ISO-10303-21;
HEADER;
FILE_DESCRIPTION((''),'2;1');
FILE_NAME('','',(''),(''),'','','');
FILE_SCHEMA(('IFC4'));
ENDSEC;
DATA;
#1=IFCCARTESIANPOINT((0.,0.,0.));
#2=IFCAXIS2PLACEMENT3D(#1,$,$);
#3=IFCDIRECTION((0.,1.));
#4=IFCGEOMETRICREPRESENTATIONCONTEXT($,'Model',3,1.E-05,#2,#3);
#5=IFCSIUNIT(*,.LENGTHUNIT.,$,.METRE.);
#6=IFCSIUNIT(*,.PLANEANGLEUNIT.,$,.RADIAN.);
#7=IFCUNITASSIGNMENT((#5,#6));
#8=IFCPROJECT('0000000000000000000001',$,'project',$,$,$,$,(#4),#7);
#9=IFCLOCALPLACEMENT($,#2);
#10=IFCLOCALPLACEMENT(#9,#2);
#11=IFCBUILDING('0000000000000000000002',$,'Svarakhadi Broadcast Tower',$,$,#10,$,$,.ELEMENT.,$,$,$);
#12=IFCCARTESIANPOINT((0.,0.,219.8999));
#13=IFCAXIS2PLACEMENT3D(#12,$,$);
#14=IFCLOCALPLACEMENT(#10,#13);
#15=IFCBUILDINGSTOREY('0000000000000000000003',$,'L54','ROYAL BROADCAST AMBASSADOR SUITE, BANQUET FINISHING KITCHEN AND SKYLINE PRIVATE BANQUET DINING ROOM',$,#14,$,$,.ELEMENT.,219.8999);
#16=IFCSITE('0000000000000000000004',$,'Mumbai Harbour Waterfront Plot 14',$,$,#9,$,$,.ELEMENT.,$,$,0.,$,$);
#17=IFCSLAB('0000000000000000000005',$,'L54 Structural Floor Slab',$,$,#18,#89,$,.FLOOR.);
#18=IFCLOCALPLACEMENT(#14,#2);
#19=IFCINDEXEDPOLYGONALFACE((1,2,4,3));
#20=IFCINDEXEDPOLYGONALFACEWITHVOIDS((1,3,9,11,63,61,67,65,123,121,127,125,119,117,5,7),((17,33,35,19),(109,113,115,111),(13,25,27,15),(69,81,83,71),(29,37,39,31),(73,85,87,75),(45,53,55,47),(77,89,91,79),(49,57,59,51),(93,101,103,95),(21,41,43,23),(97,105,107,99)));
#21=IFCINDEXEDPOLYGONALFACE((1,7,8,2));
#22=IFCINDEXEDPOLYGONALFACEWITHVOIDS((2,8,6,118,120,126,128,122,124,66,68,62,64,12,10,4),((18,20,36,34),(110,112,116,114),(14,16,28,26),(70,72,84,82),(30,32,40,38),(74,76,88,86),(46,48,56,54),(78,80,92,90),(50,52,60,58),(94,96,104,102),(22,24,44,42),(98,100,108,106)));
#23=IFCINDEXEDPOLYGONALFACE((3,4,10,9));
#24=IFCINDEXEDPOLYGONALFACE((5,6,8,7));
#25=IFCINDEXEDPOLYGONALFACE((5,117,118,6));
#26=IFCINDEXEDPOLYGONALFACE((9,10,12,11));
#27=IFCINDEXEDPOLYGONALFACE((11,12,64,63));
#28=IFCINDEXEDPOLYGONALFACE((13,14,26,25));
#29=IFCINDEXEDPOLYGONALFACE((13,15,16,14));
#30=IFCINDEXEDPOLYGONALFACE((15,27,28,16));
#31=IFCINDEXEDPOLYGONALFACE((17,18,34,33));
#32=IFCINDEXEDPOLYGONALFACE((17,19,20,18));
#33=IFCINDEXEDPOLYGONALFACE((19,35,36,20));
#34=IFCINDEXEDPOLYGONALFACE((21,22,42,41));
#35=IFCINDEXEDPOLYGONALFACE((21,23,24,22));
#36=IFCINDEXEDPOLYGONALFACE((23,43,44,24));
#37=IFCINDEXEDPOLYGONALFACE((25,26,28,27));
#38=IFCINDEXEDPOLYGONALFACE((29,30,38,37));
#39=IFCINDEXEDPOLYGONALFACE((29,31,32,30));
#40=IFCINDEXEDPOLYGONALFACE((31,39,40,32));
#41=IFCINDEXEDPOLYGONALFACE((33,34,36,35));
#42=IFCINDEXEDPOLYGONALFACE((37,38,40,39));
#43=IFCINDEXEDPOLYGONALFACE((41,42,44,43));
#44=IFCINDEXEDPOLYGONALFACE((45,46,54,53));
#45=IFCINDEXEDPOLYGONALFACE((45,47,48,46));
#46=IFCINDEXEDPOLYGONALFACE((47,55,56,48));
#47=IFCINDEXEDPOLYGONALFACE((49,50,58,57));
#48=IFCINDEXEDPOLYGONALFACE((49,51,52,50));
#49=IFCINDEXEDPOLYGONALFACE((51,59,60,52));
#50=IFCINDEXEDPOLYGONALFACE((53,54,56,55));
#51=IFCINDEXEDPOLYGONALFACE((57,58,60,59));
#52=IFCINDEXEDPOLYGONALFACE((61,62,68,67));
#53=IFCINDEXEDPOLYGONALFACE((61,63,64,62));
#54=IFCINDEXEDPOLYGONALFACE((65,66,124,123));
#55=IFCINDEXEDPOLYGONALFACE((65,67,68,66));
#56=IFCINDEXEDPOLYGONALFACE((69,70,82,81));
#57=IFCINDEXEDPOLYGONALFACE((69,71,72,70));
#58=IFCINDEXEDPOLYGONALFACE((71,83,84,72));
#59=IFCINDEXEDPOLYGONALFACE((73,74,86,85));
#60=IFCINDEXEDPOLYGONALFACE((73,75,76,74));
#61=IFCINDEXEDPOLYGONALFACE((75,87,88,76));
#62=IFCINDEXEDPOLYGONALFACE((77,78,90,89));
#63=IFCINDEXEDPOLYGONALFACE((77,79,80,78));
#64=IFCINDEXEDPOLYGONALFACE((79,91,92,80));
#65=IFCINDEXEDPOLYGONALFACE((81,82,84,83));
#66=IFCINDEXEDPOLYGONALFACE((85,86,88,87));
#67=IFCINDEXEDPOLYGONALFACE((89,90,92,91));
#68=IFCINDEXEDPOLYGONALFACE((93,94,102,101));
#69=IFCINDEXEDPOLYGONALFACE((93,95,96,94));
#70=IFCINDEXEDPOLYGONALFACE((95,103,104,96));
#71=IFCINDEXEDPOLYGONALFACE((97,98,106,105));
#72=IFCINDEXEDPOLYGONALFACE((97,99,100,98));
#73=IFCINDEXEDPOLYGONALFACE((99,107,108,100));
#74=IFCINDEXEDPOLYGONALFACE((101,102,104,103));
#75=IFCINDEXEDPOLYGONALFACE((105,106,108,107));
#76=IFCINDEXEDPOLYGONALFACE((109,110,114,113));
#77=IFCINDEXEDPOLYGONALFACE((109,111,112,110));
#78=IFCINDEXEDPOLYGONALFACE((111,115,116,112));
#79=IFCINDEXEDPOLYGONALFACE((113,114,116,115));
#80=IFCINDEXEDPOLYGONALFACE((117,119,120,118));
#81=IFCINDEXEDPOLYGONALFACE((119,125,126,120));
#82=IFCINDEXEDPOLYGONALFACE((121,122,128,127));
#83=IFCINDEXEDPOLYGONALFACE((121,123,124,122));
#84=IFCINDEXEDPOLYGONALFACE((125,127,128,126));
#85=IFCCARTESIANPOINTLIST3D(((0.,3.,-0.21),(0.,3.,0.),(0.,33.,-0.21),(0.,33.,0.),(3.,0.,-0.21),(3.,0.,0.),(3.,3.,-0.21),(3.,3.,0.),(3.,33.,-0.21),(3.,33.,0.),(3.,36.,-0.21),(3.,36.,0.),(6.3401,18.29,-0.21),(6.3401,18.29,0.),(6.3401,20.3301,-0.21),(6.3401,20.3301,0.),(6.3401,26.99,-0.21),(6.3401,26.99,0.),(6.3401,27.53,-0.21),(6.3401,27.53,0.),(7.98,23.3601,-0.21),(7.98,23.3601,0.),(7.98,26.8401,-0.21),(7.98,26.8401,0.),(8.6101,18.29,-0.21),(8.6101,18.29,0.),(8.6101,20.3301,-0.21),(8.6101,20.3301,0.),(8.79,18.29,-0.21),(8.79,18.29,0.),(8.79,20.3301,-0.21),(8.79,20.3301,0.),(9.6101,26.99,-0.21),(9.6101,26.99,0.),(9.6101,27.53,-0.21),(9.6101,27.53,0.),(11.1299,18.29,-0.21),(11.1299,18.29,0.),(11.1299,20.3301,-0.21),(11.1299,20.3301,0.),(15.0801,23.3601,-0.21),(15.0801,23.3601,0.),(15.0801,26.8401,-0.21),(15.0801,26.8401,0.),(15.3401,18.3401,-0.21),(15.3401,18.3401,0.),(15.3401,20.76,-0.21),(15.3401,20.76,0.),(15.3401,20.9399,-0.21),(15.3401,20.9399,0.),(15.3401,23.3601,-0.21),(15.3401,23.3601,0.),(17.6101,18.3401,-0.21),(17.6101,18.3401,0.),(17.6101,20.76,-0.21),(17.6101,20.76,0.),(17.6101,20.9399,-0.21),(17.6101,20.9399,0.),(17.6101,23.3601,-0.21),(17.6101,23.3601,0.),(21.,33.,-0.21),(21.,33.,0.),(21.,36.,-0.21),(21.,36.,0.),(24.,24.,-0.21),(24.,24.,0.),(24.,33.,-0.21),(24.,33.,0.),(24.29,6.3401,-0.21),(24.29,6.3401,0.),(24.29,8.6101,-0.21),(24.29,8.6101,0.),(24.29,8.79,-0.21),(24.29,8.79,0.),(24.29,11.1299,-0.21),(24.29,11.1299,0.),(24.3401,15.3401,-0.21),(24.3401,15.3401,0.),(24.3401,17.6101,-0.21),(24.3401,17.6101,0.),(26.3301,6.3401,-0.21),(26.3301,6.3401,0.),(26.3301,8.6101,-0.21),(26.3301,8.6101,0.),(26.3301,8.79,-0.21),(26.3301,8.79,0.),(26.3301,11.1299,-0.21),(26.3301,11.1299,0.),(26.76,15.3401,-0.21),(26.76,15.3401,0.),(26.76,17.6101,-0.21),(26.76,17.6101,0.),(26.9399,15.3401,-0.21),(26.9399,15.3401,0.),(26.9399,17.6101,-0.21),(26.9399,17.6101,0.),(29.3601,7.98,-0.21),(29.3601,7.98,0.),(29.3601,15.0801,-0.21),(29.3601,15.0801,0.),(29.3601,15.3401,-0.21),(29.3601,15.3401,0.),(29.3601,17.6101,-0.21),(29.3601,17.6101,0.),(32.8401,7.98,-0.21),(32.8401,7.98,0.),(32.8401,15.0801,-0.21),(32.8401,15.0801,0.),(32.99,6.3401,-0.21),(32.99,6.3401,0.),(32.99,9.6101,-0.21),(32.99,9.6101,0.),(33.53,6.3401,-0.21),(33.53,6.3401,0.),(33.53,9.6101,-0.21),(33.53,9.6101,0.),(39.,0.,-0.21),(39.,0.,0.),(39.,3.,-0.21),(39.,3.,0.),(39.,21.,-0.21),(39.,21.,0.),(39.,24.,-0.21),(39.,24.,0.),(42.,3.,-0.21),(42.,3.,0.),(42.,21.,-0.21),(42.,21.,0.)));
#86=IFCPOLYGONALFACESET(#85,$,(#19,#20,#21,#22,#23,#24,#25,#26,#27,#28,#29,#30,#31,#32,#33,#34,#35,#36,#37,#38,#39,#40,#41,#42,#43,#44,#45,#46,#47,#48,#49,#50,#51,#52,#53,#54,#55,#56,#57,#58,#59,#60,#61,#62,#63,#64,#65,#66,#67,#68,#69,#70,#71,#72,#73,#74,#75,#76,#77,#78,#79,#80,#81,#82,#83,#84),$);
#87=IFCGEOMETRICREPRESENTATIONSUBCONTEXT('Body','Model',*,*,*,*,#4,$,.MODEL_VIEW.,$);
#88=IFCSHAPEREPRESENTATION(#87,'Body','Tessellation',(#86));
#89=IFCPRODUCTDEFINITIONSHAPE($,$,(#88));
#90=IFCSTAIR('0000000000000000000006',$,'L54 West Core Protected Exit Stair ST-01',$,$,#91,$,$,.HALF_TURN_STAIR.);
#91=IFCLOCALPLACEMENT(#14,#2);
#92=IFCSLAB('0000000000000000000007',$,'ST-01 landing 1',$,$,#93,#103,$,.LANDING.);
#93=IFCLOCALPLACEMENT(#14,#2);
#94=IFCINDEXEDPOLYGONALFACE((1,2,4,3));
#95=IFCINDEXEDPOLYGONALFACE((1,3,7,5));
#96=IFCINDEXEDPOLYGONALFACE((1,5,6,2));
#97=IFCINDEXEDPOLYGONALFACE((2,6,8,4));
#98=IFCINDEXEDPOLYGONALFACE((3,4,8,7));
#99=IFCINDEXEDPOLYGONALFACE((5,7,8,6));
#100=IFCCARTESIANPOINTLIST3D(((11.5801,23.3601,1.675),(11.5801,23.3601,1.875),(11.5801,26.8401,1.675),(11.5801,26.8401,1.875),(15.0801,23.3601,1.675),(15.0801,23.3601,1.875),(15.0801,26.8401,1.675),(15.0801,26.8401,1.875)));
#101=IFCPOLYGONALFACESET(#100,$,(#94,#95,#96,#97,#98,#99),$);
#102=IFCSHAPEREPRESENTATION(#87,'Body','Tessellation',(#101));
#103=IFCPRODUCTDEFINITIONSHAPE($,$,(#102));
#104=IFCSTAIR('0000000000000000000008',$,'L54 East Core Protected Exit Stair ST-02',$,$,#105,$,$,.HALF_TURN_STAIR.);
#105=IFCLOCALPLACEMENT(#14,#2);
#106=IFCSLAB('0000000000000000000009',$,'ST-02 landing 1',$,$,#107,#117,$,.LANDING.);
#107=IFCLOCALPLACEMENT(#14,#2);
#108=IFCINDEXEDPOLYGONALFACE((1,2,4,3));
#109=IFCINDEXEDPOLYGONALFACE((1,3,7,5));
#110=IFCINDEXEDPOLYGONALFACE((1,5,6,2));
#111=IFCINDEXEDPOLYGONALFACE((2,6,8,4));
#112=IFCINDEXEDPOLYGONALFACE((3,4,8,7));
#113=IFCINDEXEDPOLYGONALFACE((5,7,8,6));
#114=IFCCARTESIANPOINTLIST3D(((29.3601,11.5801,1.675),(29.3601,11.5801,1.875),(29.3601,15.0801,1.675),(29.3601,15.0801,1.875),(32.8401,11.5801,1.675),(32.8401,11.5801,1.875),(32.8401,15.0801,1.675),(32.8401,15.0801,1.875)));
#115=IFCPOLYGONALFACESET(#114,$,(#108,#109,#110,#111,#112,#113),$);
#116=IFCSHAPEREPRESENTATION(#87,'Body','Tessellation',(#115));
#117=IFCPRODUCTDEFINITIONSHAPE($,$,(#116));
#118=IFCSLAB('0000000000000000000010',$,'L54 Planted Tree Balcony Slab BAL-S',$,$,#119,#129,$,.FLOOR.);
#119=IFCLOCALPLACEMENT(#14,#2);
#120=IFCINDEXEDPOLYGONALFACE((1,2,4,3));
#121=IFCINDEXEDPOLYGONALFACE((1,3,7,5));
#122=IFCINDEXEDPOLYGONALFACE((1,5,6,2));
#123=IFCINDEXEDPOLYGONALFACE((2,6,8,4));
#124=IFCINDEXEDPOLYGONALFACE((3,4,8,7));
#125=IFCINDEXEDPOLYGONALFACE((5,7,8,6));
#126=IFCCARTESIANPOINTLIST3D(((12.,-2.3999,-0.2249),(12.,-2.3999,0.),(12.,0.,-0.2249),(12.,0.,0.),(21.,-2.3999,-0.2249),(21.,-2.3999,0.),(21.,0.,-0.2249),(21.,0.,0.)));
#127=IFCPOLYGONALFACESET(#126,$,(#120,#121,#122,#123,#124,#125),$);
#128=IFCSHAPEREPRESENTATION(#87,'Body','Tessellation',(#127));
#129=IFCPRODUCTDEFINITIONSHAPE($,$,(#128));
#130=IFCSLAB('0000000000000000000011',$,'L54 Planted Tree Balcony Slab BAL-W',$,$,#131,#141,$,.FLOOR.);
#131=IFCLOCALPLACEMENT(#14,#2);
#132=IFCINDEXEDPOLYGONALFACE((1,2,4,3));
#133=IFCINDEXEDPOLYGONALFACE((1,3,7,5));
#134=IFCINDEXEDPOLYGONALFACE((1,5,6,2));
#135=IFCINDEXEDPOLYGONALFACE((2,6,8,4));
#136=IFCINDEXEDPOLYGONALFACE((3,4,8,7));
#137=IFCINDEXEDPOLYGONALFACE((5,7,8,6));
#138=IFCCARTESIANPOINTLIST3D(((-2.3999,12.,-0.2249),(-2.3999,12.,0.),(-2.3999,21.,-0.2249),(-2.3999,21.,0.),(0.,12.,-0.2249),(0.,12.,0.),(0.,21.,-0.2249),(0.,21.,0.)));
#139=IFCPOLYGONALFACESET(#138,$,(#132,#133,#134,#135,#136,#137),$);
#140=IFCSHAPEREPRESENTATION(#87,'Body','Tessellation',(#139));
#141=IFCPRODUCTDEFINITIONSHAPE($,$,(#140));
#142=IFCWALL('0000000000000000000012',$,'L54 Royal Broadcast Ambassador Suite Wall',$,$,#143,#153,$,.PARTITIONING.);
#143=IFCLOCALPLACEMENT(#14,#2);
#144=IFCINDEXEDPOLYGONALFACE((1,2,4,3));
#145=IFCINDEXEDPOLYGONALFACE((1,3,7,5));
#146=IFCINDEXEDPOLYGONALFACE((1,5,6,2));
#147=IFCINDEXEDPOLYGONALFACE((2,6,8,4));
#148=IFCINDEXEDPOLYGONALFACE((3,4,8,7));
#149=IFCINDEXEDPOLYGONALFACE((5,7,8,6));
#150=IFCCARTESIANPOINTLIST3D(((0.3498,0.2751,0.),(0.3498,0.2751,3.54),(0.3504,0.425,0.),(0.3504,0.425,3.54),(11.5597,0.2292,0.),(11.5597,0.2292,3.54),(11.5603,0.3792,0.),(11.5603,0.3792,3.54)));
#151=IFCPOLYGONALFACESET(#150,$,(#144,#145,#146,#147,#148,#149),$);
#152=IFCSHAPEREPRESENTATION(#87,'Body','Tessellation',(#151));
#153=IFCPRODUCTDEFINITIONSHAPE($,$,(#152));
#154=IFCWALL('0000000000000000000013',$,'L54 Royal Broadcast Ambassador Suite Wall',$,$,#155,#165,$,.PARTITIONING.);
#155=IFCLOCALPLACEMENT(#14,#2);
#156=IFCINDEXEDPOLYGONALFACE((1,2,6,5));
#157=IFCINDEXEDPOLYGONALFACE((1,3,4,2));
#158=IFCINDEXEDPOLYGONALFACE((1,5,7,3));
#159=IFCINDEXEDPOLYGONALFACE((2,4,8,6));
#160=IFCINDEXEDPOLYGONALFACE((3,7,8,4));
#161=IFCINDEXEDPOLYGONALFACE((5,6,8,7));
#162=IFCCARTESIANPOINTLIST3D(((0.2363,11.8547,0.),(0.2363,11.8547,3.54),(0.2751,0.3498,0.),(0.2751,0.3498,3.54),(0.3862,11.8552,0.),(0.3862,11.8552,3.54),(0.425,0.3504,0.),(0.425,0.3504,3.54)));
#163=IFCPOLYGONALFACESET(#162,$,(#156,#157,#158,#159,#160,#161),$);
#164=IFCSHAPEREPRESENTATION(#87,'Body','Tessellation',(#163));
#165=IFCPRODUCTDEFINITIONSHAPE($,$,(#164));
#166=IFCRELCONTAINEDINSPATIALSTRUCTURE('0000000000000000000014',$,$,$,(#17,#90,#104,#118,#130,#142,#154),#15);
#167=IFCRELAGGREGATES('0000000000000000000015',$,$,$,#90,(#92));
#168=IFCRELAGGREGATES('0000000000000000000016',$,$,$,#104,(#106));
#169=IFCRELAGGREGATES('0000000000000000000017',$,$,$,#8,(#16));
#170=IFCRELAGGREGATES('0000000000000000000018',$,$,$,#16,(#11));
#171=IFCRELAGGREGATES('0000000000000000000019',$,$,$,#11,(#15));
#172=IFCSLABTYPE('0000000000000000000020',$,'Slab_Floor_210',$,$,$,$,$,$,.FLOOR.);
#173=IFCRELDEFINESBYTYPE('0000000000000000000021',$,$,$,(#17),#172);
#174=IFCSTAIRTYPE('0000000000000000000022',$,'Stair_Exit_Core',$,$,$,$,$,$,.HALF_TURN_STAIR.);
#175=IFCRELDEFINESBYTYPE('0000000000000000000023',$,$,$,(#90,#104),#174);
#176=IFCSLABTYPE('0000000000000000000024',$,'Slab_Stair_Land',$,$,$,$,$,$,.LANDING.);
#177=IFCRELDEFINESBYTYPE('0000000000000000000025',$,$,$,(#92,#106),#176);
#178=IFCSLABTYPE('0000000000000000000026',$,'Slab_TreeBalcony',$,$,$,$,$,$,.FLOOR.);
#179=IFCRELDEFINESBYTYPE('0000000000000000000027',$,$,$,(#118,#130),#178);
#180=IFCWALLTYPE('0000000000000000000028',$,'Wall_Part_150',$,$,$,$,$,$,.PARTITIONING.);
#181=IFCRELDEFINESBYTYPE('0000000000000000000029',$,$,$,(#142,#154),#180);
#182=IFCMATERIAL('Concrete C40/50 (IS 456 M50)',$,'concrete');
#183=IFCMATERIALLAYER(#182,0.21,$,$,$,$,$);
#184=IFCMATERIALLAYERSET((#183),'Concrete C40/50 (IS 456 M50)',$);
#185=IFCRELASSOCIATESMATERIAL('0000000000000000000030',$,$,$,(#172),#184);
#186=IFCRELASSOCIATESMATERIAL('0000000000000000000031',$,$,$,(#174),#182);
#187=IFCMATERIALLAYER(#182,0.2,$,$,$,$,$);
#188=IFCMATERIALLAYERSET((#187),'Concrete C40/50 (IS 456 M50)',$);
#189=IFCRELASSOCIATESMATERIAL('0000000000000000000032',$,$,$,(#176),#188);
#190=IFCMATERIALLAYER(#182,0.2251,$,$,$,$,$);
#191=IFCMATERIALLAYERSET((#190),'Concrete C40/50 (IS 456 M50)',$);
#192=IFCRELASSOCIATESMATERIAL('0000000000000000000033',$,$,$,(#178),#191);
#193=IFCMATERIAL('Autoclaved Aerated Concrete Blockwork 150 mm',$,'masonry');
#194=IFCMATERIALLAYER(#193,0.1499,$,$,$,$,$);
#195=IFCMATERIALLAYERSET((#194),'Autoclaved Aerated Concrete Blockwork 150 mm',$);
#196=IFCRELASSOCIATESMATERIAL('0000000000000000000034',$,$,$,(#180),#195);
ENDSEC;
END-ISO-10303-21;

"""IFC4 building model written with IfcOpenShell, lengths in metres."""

from ifc_helpers import new_model, si_unit, direction, frame, frame_2d, origin, place, context, subcontext, project, spatial, polyline, rectangle, outline, extrude, material, layer, layer_set, type_object, element, aggregate, save


model = new_model("IFC4")

# Units and contexts
model_context = context("Model", 3, precision=1e-05, world=origin(), true_north=direction((0.0, 1.0)))
body_context = subcontext(model_context, "Body", "Model", "MODEL_VIEW")
ifc_project = project(units=[si_unit("LENGTHUNIT", "METRE"), si_unit("PLANEANGLEUNIT", "RADIAN")], contexts=[model_context])

# Site, building, storey
site_placement = place(None, origin())
site = spatial("IfcSite", under=ifc_project, at=site_placement, Name="Mumbai Harbour Waterfront Plot 14", CompositionType="ELEMENT", RefElevation=0.0)
building_placement = place(site_placement, origin())
building = spatial("IfcBuilding", under=site, at=building_placement, Name="Svarakhadi Broadcast Tower", CompositionType="ELEMENT")
storey_placement = place(building_placement, frame((0.0, 0.0, 219.8999)))
storey = spatial("IfcBuildingStorey", under=building, at=storey_placement, Name="L54", Description="ROYAL BROADCAST AMBASSADOR SUITE, BANQUET FINISHING KITCHEN AND SKYLINE PRIVATE BANQUET DINING ROOM", CompositionType="ELEMENT", Elevation=219.8999)

# Slab
ifc_material_1 = material(Name="Concrete C40/50 (IS 456 M50)", Category="concrete")
ifc_layer_1 = layer(ifc_material_1, 0.21)
ifc_layer_set_1 = layer_set([ifc_layer_1], Name="Concrete C40/50 (IS 456 M50)")
slab_type_1 = type_object("IfcSlabType", Name="Slab_Floor_210", PredefinedType="FLOOR", material=ifc_layer_set_1)
slab_1_placement = place(storey_placement, frame((0.0, 0.0, -0.21)))
element("IfcSlab", 1, at=slab_1_placement, inside=storey, type_object=slab_type_1, Name="L54 Structural Floor Slab", PredefinedType="FLOOR", context=body_context, shape_type="SweptSolid", body=[
    extrude(outline(polyline([(3.0, 0.0), (39.0, 0.0), (39.0, 3.0), (42.0, 3.0), (42.0, 21.0), (39.0, 21.0), (39.0, 24.0), (24.0, 24.0), (24.0, 33.0), (21.0, 33.0), (21.0, 36.0), (3.0, 36.0), (3.0, 33.0), (0.0, 33.0), (0.0, 3.0), (3.0, 3.0), (3.0, 0.0)]), holes=[polyline([(7.98, 23.3601), (15.0801, 23.3601), (15.0801, 26.8401), (7.98, 26.8401), (7.98, 23.3601)]), polyline([(32.8401, 7.98), (32.8401, 15.0801), (29.3601, 15.0801), (29.3601, 7.98), (32.8401, 7.98)]), polyline([(6.3401, 18.29), (8.6101, 18.29), (8.6101, 20.3301), (6.3401, 20.3301), (6.3401, 18.29)]), polyline([(8.79, 18.29), (11.1299, 18.29), (11.1299, 20.3301), (8.79, 20.3301), (8.79, 18.29)]), polyline([(24.29, 6.3401), (26.3301, 6.3401), (26.3301, 8.6101), (24.29, 8.6101), (24.29, 6.3401)]), polyline([(24.29, 8.79), (26.3301, 8.79), (26.3301, 11.1299), (24.29, 11.1299), (24.29, 8.79)]), polyline([(6.3401, 26.99), (9.6101, 26.99), (9.6101, 27.53), (6.3401, 27.53), (6.3401, 26.99)]), polyline([(32.99, 6.3401), (33.53, 6.3401), (33.53, 9.6101), (32.99, 9.6101), (32.99, 6.3401)]), polyline([(15.3401, 18.3401), (17.6101, 18.3401), (17.6101, 20.76), (15.3401, 20.76), (15.3401, 18.3401)]), polyline([(15.3401, 20.9399), (17.6101, 20.9399), (17.6101, 23.3601), (15.3401, 23.3601), (15.3401, 20.9399)]), polyline([(24.3401, 15.3401), (26.76, 15.3401), (26.76, 17.6101), (24.3401, 17.6101), (24.3401, 15.3401)]), polyline([(26.9399, 15.3401), (29.3601, 15.3401), (29.3601, 17.6101), (26.9399, 17.6101), (26.9399, 15.3401)])]), origin(), (0.0, 0.0, 1.0), 0.21),
])

# Stairs, slabs
stair_type = type_object("IfcStairType", Name="Stair_Exit_Core", PredefinedType="HALF_TURN_STAIR", material=ifc_material_1)
stair_1_placement = place(storey_placement, origin())
stair_1 = element("IfcStair", 2, at=stair_1_placement, inside=storey, type_object=stair_type, Name="L54 West Core Protected Exit Stair ST-01", PredefinedType="HALF_TURN_STAIR")
ifc_layer_2 = layer(ifc_material_1, 0.2)
ifc_layer_set_2 = layer_set([ifc_layer_2], Name="Concrete C40/50 (IS 456 M50)")
slab_type_2 = type_object("IfcSlabType", Name="Slab_Stair_Land", PredefinedType="LANDING", material=ifc_layer_set_2)
slab_2_placement = place(storey_placement, frame((0.0, 0.0, 1.675)))
slab_2 = element("IfcSlab", 3, at=slab_2_placement, type_object=slab_type_2, Name="ST-01 landing 1", PredefinedType="LANDING", context=body_context, shape_type="SweptSolid", body=[
    extrude(outline(polyline([(11.5801, 23.3601), (15.0801, 23.3601), (15.0801, 26.8401), (11.5801, 26.8401), (11.5801, 23.3601)])), origin(), (0.0, 0.0, 1.0), 0.2),
])
aggregate(stair_1, [slab_2])
stair_2_placement = place(storey_placement, origin())
stair_2 = element("IfcStair", 4, at=stair_2_placement, inside=storey, type_object=stair_type, Name="L54 East Core Protected Exit Stair ST-02", PredefinedType="HALF_TURN_STAIR")
slab_3_placement = place(storey_placement, frame((0.0, 0.0, 1.675)))
slab_3 = element("IfcSlab", 5, at=slab_3_placement, type_object=slab_type_2, Name="ST-02 landing 1", PredefinedType="LANDING", context=body_context, shape_type="SweptSolid", body=[
    extrude(outline(polyline([(32.8401, 11.5801), (32.8401, 15.0801), (29.3601, 15.0801), (29.3601, 11.5801), (32.8401, 11.5801)])), origin(), (0.0, 0.0, 1.0), 0.2),
])
aggregate(stair_2, [slab_3])

# Slabs
ifc_layer_3 = layer(ifc_material_1, 0.2251)
ifc_layer_set_3 = layer_set([ifc_layer_3], Name="Concrete C40/50 (IS 456 M50)")
slab_type_3 = type_object("IfcSlabType", Name="Slab_TreeBalcony", PredefinedType="FLOOR", material=ifc_layer_set_3)
slab_4_placement = place(storey_placement, frame((0.0, 0.0, -0.2249)))
element("IfcSlab", 6, at=slab_4_placement, inside=storey, type_object=slab_type_3, Name="L54 Planted Tree Balcony Slab BAL-S", PredefinedType="FLOOR", context=body_context, shape_type="SweptSolid", body=[
    extrude(outline(polyline([(12.0, -2.3999), (21.0, -2.3999), (21.0, 0.0), (12.0, 0.0), (12.0, -2.3999)])), origin(), (0.0, 0.0, 1.0), 0.2249),
])
slab_5_placement = place(storey_placement, frame((0.0, 0.0, -0.2249)))
element("IfcSlab", 7, at=slab_5_placement, inside=storey, type_object=slab_type_3, Name="L54 Planted Tree Balcony Slab BAL-W", PredefinedType="FLOOR", context=body_context, shape_type="SweptSolid", body=[
    extrude(outline(polyline([(-2.3999, 12.0), (0.0, 12.0), (0.0, 21.0), (-2.3999, 21.0), (-2.3999, 12.0)])), origin(), (0.0, 0.0, 1.0), 0.2249),
])

# Walls
ifc_material_2 = material(Name="Autoclaved Aerated Concrete Blockwork 150 mm", Category="masonry")
ifc_layer_4 = layer(ifc_material_2, 0.1499)
ifc_layer_set_4 = layer_set([ifc_layer_4], Name="Autoclaved Aerated Concrete Blockwork 150 mm")
wall_type = type_object("IfcWallType", Name="Wall_Part_150", PredefinedType="PARTITIONING", material=ifc_layer_set_4)
wall_1_placement = place(storey_placement, frame((0.3501, 0.3501, 0.0), z_axis=(0.0, 0.0, 1.0), x_axis=(0.999992, -0.004094, 0.0)))
element("IfcWall", 8, at=wall_1_placement, inside=storey, type_object=wall_type, Name="L54 Royal Broadcast Ambassador Suite Wall", PredefinedType="PARTITIONING", context=body_context, shape_type="SweptSolid", body=[
    extrude(rectangle(XDim=11.21, YDim=0.1499, at=frame_2d((5.605, 0.0))), origin(), (0.0, 0.0, 1.0), 3.54),
])
wall_2_placement = place(storey_placement, frame((0.3501, 0.3501, 0.0), z_axis=(0.0, 0.0, 1.0), x_axis=(-0.003374, 0.999994, 0.0)))
element("IfcWall", 9, at=wall_2_placement, inside=storey, type_object=wall_type, Name="L54 Royal Broadcast Ambassador Suite Wall", PredefinedType="PARTITIONING", context=body_context, shape_type="SweptSolid", body=[
    extrude(rectangle(XDim=11.5049, YDim=0.1499, at=frame_2d((5.7524, 0.0))), origin(), (0.0, 0.0, 1.0), 3.54),
])

save(model, "model.ifc")
